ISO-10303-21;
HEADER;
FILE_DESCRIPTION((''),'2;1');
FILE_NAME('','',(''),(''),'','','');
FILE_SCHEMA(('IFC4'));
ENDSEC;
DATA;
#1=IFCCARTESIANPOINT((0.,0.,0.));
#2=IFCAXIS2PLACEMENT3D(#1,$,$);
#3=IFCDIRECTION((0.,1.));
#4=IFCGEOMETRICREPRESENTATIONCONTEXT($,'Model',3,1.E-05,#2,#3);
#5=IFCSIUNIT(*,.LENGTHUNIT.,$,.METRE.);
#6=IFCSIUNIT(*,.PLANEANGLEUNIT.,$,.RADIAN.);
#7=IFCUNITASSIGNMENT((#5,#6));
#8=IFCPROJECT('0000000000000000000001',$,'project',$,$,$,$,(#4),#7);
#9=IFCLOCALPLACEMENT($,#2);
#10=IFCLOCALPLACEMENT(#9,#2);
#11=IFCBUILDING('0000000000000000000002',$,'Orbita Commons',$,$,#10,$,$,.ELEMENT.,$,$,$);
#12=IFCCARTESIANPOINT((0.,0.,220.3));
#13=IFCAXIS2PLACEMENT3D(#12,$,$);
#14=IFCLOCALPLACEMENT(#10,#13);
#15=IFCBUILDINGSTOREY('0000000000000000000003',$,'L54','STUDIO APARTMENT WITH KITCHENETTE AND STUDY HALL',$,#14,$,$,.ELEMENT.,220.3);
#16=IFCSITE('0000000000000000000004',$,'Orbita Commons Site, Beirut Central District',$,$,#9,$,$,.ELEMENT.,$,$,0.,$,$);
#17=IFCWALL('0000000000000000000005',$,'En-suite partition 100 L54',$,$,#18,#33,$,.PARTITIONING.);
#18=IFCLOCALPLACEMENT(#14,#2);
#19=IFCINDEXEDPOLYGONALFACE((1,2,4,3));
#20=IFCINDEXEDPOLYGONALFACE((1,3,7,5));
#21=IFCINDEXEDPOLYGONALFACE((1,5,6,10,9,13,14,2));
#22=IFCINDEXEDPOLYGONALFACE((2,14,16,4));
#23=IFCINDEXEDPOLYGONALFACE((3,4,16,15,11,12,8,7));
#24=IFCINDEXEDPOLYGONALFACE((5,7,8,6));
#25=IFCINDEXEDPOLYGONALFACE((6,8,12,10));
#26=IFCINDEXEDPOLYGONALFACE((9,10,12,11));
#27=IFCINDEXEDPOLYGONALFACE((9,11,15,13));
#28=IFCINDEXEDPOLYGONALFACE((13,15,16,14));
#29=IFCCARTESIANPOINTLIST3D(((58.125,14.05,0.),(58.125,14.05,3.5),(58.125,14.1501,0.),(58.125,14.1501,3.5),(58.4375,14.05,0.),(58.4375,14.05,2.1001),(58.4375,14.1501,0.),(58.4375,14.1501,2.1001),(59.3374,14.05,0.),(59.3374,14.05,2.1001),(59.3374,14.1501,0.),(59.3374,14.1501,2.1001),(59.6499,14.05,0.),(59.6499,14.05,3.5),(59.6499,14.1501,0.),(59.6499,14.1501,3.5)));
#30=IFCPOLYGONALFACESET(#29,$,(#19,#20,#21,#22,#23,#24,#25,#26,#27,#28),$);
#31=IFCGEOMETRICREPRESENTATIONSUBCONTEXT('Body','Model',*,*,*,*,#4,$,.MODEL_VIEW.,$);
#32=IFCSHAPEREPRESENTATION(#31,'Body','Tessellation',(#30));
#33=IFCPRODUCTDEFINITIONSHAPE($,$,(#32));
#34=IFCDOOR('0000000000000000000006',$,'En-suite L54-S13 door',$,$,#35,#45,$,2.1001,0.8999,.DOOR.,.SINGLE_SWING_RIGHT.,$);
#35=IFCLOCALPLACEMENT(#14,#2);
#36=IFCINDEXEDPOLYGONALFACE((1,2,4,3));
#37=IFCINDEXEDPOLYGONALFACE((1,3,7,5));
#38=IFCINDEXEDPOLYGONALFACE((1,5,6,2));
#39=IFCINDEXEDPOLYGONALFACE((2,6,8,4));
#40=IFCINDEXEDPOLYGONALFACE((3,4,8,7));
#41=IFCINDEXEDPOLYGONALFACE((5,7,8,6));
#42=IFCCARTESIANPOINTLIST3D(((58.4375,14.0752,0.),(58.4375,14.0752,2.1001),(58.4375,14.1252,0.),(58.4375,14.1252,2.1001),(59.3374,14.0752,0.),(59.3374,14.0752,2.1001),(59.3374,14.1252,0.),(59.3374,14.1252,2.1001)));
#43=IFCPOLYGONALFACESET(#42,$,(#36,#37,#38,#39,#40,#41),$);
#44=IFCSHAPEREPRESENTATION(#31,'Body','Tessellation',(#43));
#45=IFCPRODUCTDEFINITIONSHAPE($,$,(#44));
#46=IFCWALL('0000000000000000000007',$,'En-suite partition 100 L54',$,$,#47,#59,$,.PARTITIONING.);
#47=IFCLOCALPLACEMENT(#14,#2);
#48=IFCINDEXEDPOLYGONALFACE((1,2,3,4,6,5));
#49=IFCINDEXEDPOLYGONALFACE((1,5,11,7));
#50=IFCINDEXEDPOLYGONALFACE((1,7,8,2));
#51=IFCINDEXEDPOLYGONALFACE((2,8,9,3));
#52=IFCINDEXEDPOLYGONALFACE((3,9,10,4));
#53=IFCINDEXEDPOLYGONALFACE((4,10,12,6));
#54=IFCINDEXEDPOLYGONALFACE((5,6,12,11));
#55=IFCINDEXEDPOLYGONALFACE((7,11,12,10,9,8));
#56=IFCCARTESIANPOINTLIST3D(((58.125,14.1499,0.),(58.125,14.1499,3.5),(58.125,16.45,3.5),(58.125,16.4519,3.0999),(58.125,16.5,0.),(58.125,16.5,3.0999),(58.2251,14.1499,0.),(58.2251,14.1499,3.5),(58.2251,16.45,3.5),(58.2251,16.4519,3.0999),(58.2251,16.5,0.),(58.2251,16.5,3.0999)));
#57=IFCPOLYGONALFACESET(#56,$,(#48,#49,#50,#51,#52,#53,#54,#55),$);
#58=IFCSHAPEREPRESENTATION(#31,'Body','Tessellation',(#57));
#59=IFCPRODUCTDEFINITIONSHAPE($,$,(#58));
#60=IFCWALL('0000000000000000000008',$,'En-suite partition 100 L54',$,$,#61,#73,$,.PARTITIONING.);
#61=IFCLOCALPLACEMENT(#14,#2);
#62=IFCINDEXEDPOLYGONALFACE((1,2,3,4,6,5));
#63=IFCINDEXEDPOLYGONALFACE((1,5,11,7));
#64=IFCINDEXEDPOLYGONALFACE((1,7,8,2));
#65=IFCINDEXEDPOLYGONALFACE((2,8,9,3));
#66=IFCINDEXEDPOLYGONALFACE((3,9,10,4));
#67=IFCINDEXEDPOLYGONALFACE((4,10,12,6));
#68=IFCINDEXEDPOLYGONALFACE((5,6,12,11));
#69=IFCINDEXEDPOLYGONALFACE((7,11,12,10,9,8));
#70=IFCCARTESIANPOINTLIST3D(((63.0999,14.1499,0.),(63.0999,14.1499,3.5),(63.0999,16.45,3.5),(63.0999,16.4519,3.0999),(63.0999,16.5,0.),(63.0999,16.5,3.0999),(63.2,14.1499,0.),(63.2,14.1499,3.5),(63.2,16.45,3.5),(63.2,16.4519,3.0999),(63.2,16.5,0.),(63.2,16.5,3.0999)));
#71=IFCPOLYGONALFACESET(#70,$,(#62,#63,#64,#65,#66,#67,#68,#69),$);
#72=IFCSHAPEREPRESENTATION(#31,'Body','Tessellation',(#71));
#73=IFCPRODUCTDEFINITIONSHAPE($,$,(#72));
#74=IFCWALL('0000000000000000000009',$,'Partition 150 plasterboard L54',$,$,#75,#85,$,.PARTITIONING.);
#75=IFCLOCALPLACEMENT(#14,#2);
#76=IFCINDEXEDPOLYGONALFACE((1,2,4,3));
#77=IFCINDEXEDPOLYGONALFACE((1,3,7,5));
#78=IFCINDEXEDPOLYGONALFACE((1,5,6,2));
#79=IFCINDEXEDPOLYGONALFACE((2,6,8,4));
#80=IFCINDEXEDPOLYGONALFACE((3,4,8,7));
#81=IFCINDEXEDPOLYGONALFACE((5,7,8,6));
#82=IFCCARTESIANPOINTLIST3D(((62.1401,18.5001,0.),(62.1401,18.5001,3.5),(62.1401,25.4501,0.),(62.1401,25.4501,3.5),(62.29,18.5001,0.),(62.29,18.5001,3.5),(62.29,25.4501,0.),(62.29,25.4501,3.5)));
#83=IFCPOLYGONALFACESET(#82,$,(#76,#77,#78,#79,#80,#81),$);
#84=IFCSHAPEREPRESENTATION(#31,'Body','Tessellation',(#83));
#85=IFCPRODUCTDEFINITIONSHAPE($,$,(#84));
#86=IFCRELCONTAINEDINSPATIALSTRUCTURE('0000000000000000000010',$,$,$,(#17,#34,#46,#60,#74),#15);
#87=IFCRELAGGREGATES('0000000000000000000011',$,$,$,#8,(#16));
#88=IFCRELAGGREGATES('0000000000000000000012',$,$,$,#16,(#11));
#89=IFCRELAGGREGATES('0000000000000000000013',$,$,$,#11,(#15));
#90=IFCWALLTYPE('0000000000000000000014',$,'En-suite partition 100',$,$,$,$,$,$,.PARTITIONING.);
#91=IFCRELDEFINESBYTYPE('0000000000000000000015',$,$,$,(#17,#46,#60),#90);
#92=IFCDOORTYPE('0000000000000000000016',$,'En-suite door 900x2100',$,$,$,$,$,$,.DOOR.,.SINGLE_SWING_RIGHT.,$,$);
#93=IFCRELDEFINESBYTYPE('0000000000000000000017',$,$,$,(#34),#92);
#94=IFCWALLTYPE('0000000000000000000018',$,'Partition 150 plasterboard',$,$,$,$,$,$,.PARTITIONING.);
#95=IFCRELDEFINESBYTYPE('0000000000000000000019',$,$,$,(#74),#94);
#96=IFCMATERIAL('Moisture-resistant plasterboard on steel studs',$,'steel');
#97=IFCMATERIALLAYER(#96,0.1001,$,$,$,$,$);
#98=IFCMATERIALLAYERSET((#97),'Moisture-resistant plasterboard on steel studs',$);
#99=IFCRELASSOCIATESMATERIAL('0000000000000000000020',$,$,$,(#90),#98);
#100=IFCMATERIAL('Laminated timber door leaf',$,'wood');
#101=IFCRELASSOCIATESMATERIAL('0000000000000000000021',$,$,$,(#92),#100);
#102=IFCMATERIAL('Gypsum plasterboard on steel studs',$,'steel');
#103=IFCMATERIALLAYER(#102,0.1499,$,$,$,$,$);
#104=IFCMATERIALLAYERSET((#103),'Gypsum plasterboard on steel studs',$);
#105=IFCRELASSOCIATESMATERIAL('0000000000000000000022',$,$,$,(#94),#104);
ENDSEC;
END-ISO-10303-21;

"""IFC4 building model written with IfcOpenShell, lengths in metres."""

from ifc_helpers import new_model, si_unit, direction, frame, frame_2d, origin, place, context, subcontext, project, spatial, polyline, rectangle, outline, extrude, material, layer, layer_set, type_object, element, fill, save


model = new_model("IFC4")

# Units and contexts
model_context = context("Model", 3, precision=1e-05, world=origin(), true_north=direction((0.0, 1.0)))
body_context = subcontext(model_context, "Body", "Model", "MODEL_VIEW")
ifc_project = project(units=[si_unit("LENGTHUNIT", "METRE"), si_unit("PLANEANGLEUNIT", "RADIAN")], contexts=[model_context])

# Site, building, storey
site_placement = place(None, origin())
site = spatial("IfcSite", under=ifc_project, at=site_placement, Name="Orbita Commons Site, Beirut Central District", CompositionType="ELEMENT", RefElevation=0.0)
building_placement = place(site_placement, origin())
building = spatial("IfcBuilding", under=site, at=building_placement, Name="Orbita Commons", CompositionType="ELEMENT")
storey_placement = place(building_placement, frame((0.0, 0.0, 220.3)))
storey = spatial("IfcBuildingStorey", under=building, at=storey_placement, Name="L54", Description="STUDIO APARTMENT WITH KITCHENETTE AND STUDY HALL", CompositionType="ELEMENT", Elevation=220.3)

# Wall, opening, door
ifc_material_1 = material(Name="Moisture-resistant plasterboard on steel studs", Category="steel")
ifc_layer_1 = layer(ifc_material_1, 0.1001)
ifc_layer_set_1 = layer_set([ifc_layer_1], Name="Moisture-resistant plasterboard on steel studs")
wall_type_1 = type_object("IfcWallType", Name="En-suite partition 100", PredefinedType="PARTITIONING", material=ifc_layer_set_1)
wall_1_placement = place(storey_placement, frame((59.6499, 14.1001, 0.0), z_axis=(0.0, 0.0, 1.0), x_axis=(-1.0, 0.0, 0.0)))
wall_1 = element("IfcWall", 1, at=wall_1_placement, inside=storey, type_object=wall_type_1, Name="En-suite partition 100 L54", PredefinedType="PARTITIONING", context=body_context, shape_type="SweptSolid", body=[
    extrude(rectangle(XDim=1.5249, YDim=0.1001, at=frame_2d((0.7625, 0.0))), origin(), (0.0, 0.0, 1.0), 3.5),
])
opening_1_placement = place(wall_1_placement, frame((0.3125, 0.0, 0.0)))
opening_1 = element("IfcOpeningElement", 2, at=opening_1_placement, cuts=wall_1, PredefinedType="OPENING", context=body_context, shape_type="SweptSolid", body=[
    extrude(rectangle(XDim=0.8999, YDim=2.1001, at=frame_2d((0.45, 1.05))), frame((0.0, 0.0601, 0.0), z_axis=(0.0, -1.0, 0.0), x_axis=(1.0, 0.0, 0.0)), (0.0, 0.0, 1.0), 0.1201),
])
ifc_material_2 = material(Name="Laminated timber door leaf", Category="wood")
door_type_1 = type_object("IfcDoorType", Name="En-suite door 900x2100", OperationType="SINGLE_SWING_RIGHT", PredefinedType="DOOR", material=ifc_material_2)
door_1_placement = place(opening_1_placement, origin())
door_1 = element("IfcDoor", 3, at=door_1_placement, inside=storey, type_object=door_type_1, Name="En-suite L54-S13 door", OperationType="SINGLE_SWING_RIGHT", OverallHeight=2.1001, OverallWidth=0.8999, PredefinedType="DOOR", context=body_context, shape_type="SweptSolid", body=[
    extrude(rectangle(XDim=0.8999, YDim=2.1001, at=frame_2d((0.45, 1.05))), frame((0.0, 0.0249, 0.0), z_axis=(0.0, -1.0, 0.0), x_axis=(1.0, 0.0, 0.0)), (0.0, 0.0, 1.0), 0.05),
])
fill(opening_1, door_1)

# Walls
for number, where, z_axis, x_axis, name in (
    (4, (58.175, 14.1499, 0.0), (0.0, 0.0, 1.0), (0.0, 1.0, 0.0), "En-suite partition 100 L54"),
    (5, (63.1499, 14.1499, 0.0), (0.0, 0.0, 1.0), (0.0, 1.0, 0.0), "En-suite partition 100 L54"),
):
    element("IfcWall", number, at=place(storey_placement, frame(where, z_axis=z_axis, x_axis=x_axis)), inside=storey, type_object=wall_type_1, Name=name, PredefinedType="PARTITIONING", context=body_context, shape_type="SweptSolid", body=[
        extrude(outline(polyline([(0.0, 0.0), (2.3501, 0.0), (2.3501, 3.0999), (2.302, 3.0999), (2.3, 3.5), (0.0, 3.5), (0.0, 0.0)])), frame((0.0, 0.05, 0.0), z_axis=(0.0, -1.0, 0.0), x_axis=(1.0, 0.0, 0.0)), (0.0, 0.0, 1.0), 0.1001),
    ])
ifc_material_3 = material(Name="Gypsum plasterboard on steel studs", Category="steel")
ifc_layer_2 = layer(ifc_material_3, 0.1499)
ifc_layer_set_2 = layer_set([ifc_layer_2], Name="Gypsum plasterboard on steel studs")
wall_type_2 = type_object("IfcWallType", Name="Partition 150 plasterboard", PredefinedType="PARTITIONING", material=ifc_layer_set_2)
wall_2_placement = place(storey_placement, frame((62.2151, 18.5, 0.0), z_axis=(0.0, 0.0, 1.0), x_axis=(0.0, 1.0, 0.0)))
element("IfcWall", 6, at=wall_2_placement, inside=storey, type_object=wall_type_2, Name="Partition 150 plasterboard L54", PredefinedType="PARTITIONING", context=body_context, shape_type="SweptSolid", body=[
    extrude(rectangle(XDim=6.95, YDim=0.1499, at=frame_2d((3.4751, 0.0))), origin(), (0.0, 0.0, 1.0), 3.5),
])

save(model, "model.ifc")
